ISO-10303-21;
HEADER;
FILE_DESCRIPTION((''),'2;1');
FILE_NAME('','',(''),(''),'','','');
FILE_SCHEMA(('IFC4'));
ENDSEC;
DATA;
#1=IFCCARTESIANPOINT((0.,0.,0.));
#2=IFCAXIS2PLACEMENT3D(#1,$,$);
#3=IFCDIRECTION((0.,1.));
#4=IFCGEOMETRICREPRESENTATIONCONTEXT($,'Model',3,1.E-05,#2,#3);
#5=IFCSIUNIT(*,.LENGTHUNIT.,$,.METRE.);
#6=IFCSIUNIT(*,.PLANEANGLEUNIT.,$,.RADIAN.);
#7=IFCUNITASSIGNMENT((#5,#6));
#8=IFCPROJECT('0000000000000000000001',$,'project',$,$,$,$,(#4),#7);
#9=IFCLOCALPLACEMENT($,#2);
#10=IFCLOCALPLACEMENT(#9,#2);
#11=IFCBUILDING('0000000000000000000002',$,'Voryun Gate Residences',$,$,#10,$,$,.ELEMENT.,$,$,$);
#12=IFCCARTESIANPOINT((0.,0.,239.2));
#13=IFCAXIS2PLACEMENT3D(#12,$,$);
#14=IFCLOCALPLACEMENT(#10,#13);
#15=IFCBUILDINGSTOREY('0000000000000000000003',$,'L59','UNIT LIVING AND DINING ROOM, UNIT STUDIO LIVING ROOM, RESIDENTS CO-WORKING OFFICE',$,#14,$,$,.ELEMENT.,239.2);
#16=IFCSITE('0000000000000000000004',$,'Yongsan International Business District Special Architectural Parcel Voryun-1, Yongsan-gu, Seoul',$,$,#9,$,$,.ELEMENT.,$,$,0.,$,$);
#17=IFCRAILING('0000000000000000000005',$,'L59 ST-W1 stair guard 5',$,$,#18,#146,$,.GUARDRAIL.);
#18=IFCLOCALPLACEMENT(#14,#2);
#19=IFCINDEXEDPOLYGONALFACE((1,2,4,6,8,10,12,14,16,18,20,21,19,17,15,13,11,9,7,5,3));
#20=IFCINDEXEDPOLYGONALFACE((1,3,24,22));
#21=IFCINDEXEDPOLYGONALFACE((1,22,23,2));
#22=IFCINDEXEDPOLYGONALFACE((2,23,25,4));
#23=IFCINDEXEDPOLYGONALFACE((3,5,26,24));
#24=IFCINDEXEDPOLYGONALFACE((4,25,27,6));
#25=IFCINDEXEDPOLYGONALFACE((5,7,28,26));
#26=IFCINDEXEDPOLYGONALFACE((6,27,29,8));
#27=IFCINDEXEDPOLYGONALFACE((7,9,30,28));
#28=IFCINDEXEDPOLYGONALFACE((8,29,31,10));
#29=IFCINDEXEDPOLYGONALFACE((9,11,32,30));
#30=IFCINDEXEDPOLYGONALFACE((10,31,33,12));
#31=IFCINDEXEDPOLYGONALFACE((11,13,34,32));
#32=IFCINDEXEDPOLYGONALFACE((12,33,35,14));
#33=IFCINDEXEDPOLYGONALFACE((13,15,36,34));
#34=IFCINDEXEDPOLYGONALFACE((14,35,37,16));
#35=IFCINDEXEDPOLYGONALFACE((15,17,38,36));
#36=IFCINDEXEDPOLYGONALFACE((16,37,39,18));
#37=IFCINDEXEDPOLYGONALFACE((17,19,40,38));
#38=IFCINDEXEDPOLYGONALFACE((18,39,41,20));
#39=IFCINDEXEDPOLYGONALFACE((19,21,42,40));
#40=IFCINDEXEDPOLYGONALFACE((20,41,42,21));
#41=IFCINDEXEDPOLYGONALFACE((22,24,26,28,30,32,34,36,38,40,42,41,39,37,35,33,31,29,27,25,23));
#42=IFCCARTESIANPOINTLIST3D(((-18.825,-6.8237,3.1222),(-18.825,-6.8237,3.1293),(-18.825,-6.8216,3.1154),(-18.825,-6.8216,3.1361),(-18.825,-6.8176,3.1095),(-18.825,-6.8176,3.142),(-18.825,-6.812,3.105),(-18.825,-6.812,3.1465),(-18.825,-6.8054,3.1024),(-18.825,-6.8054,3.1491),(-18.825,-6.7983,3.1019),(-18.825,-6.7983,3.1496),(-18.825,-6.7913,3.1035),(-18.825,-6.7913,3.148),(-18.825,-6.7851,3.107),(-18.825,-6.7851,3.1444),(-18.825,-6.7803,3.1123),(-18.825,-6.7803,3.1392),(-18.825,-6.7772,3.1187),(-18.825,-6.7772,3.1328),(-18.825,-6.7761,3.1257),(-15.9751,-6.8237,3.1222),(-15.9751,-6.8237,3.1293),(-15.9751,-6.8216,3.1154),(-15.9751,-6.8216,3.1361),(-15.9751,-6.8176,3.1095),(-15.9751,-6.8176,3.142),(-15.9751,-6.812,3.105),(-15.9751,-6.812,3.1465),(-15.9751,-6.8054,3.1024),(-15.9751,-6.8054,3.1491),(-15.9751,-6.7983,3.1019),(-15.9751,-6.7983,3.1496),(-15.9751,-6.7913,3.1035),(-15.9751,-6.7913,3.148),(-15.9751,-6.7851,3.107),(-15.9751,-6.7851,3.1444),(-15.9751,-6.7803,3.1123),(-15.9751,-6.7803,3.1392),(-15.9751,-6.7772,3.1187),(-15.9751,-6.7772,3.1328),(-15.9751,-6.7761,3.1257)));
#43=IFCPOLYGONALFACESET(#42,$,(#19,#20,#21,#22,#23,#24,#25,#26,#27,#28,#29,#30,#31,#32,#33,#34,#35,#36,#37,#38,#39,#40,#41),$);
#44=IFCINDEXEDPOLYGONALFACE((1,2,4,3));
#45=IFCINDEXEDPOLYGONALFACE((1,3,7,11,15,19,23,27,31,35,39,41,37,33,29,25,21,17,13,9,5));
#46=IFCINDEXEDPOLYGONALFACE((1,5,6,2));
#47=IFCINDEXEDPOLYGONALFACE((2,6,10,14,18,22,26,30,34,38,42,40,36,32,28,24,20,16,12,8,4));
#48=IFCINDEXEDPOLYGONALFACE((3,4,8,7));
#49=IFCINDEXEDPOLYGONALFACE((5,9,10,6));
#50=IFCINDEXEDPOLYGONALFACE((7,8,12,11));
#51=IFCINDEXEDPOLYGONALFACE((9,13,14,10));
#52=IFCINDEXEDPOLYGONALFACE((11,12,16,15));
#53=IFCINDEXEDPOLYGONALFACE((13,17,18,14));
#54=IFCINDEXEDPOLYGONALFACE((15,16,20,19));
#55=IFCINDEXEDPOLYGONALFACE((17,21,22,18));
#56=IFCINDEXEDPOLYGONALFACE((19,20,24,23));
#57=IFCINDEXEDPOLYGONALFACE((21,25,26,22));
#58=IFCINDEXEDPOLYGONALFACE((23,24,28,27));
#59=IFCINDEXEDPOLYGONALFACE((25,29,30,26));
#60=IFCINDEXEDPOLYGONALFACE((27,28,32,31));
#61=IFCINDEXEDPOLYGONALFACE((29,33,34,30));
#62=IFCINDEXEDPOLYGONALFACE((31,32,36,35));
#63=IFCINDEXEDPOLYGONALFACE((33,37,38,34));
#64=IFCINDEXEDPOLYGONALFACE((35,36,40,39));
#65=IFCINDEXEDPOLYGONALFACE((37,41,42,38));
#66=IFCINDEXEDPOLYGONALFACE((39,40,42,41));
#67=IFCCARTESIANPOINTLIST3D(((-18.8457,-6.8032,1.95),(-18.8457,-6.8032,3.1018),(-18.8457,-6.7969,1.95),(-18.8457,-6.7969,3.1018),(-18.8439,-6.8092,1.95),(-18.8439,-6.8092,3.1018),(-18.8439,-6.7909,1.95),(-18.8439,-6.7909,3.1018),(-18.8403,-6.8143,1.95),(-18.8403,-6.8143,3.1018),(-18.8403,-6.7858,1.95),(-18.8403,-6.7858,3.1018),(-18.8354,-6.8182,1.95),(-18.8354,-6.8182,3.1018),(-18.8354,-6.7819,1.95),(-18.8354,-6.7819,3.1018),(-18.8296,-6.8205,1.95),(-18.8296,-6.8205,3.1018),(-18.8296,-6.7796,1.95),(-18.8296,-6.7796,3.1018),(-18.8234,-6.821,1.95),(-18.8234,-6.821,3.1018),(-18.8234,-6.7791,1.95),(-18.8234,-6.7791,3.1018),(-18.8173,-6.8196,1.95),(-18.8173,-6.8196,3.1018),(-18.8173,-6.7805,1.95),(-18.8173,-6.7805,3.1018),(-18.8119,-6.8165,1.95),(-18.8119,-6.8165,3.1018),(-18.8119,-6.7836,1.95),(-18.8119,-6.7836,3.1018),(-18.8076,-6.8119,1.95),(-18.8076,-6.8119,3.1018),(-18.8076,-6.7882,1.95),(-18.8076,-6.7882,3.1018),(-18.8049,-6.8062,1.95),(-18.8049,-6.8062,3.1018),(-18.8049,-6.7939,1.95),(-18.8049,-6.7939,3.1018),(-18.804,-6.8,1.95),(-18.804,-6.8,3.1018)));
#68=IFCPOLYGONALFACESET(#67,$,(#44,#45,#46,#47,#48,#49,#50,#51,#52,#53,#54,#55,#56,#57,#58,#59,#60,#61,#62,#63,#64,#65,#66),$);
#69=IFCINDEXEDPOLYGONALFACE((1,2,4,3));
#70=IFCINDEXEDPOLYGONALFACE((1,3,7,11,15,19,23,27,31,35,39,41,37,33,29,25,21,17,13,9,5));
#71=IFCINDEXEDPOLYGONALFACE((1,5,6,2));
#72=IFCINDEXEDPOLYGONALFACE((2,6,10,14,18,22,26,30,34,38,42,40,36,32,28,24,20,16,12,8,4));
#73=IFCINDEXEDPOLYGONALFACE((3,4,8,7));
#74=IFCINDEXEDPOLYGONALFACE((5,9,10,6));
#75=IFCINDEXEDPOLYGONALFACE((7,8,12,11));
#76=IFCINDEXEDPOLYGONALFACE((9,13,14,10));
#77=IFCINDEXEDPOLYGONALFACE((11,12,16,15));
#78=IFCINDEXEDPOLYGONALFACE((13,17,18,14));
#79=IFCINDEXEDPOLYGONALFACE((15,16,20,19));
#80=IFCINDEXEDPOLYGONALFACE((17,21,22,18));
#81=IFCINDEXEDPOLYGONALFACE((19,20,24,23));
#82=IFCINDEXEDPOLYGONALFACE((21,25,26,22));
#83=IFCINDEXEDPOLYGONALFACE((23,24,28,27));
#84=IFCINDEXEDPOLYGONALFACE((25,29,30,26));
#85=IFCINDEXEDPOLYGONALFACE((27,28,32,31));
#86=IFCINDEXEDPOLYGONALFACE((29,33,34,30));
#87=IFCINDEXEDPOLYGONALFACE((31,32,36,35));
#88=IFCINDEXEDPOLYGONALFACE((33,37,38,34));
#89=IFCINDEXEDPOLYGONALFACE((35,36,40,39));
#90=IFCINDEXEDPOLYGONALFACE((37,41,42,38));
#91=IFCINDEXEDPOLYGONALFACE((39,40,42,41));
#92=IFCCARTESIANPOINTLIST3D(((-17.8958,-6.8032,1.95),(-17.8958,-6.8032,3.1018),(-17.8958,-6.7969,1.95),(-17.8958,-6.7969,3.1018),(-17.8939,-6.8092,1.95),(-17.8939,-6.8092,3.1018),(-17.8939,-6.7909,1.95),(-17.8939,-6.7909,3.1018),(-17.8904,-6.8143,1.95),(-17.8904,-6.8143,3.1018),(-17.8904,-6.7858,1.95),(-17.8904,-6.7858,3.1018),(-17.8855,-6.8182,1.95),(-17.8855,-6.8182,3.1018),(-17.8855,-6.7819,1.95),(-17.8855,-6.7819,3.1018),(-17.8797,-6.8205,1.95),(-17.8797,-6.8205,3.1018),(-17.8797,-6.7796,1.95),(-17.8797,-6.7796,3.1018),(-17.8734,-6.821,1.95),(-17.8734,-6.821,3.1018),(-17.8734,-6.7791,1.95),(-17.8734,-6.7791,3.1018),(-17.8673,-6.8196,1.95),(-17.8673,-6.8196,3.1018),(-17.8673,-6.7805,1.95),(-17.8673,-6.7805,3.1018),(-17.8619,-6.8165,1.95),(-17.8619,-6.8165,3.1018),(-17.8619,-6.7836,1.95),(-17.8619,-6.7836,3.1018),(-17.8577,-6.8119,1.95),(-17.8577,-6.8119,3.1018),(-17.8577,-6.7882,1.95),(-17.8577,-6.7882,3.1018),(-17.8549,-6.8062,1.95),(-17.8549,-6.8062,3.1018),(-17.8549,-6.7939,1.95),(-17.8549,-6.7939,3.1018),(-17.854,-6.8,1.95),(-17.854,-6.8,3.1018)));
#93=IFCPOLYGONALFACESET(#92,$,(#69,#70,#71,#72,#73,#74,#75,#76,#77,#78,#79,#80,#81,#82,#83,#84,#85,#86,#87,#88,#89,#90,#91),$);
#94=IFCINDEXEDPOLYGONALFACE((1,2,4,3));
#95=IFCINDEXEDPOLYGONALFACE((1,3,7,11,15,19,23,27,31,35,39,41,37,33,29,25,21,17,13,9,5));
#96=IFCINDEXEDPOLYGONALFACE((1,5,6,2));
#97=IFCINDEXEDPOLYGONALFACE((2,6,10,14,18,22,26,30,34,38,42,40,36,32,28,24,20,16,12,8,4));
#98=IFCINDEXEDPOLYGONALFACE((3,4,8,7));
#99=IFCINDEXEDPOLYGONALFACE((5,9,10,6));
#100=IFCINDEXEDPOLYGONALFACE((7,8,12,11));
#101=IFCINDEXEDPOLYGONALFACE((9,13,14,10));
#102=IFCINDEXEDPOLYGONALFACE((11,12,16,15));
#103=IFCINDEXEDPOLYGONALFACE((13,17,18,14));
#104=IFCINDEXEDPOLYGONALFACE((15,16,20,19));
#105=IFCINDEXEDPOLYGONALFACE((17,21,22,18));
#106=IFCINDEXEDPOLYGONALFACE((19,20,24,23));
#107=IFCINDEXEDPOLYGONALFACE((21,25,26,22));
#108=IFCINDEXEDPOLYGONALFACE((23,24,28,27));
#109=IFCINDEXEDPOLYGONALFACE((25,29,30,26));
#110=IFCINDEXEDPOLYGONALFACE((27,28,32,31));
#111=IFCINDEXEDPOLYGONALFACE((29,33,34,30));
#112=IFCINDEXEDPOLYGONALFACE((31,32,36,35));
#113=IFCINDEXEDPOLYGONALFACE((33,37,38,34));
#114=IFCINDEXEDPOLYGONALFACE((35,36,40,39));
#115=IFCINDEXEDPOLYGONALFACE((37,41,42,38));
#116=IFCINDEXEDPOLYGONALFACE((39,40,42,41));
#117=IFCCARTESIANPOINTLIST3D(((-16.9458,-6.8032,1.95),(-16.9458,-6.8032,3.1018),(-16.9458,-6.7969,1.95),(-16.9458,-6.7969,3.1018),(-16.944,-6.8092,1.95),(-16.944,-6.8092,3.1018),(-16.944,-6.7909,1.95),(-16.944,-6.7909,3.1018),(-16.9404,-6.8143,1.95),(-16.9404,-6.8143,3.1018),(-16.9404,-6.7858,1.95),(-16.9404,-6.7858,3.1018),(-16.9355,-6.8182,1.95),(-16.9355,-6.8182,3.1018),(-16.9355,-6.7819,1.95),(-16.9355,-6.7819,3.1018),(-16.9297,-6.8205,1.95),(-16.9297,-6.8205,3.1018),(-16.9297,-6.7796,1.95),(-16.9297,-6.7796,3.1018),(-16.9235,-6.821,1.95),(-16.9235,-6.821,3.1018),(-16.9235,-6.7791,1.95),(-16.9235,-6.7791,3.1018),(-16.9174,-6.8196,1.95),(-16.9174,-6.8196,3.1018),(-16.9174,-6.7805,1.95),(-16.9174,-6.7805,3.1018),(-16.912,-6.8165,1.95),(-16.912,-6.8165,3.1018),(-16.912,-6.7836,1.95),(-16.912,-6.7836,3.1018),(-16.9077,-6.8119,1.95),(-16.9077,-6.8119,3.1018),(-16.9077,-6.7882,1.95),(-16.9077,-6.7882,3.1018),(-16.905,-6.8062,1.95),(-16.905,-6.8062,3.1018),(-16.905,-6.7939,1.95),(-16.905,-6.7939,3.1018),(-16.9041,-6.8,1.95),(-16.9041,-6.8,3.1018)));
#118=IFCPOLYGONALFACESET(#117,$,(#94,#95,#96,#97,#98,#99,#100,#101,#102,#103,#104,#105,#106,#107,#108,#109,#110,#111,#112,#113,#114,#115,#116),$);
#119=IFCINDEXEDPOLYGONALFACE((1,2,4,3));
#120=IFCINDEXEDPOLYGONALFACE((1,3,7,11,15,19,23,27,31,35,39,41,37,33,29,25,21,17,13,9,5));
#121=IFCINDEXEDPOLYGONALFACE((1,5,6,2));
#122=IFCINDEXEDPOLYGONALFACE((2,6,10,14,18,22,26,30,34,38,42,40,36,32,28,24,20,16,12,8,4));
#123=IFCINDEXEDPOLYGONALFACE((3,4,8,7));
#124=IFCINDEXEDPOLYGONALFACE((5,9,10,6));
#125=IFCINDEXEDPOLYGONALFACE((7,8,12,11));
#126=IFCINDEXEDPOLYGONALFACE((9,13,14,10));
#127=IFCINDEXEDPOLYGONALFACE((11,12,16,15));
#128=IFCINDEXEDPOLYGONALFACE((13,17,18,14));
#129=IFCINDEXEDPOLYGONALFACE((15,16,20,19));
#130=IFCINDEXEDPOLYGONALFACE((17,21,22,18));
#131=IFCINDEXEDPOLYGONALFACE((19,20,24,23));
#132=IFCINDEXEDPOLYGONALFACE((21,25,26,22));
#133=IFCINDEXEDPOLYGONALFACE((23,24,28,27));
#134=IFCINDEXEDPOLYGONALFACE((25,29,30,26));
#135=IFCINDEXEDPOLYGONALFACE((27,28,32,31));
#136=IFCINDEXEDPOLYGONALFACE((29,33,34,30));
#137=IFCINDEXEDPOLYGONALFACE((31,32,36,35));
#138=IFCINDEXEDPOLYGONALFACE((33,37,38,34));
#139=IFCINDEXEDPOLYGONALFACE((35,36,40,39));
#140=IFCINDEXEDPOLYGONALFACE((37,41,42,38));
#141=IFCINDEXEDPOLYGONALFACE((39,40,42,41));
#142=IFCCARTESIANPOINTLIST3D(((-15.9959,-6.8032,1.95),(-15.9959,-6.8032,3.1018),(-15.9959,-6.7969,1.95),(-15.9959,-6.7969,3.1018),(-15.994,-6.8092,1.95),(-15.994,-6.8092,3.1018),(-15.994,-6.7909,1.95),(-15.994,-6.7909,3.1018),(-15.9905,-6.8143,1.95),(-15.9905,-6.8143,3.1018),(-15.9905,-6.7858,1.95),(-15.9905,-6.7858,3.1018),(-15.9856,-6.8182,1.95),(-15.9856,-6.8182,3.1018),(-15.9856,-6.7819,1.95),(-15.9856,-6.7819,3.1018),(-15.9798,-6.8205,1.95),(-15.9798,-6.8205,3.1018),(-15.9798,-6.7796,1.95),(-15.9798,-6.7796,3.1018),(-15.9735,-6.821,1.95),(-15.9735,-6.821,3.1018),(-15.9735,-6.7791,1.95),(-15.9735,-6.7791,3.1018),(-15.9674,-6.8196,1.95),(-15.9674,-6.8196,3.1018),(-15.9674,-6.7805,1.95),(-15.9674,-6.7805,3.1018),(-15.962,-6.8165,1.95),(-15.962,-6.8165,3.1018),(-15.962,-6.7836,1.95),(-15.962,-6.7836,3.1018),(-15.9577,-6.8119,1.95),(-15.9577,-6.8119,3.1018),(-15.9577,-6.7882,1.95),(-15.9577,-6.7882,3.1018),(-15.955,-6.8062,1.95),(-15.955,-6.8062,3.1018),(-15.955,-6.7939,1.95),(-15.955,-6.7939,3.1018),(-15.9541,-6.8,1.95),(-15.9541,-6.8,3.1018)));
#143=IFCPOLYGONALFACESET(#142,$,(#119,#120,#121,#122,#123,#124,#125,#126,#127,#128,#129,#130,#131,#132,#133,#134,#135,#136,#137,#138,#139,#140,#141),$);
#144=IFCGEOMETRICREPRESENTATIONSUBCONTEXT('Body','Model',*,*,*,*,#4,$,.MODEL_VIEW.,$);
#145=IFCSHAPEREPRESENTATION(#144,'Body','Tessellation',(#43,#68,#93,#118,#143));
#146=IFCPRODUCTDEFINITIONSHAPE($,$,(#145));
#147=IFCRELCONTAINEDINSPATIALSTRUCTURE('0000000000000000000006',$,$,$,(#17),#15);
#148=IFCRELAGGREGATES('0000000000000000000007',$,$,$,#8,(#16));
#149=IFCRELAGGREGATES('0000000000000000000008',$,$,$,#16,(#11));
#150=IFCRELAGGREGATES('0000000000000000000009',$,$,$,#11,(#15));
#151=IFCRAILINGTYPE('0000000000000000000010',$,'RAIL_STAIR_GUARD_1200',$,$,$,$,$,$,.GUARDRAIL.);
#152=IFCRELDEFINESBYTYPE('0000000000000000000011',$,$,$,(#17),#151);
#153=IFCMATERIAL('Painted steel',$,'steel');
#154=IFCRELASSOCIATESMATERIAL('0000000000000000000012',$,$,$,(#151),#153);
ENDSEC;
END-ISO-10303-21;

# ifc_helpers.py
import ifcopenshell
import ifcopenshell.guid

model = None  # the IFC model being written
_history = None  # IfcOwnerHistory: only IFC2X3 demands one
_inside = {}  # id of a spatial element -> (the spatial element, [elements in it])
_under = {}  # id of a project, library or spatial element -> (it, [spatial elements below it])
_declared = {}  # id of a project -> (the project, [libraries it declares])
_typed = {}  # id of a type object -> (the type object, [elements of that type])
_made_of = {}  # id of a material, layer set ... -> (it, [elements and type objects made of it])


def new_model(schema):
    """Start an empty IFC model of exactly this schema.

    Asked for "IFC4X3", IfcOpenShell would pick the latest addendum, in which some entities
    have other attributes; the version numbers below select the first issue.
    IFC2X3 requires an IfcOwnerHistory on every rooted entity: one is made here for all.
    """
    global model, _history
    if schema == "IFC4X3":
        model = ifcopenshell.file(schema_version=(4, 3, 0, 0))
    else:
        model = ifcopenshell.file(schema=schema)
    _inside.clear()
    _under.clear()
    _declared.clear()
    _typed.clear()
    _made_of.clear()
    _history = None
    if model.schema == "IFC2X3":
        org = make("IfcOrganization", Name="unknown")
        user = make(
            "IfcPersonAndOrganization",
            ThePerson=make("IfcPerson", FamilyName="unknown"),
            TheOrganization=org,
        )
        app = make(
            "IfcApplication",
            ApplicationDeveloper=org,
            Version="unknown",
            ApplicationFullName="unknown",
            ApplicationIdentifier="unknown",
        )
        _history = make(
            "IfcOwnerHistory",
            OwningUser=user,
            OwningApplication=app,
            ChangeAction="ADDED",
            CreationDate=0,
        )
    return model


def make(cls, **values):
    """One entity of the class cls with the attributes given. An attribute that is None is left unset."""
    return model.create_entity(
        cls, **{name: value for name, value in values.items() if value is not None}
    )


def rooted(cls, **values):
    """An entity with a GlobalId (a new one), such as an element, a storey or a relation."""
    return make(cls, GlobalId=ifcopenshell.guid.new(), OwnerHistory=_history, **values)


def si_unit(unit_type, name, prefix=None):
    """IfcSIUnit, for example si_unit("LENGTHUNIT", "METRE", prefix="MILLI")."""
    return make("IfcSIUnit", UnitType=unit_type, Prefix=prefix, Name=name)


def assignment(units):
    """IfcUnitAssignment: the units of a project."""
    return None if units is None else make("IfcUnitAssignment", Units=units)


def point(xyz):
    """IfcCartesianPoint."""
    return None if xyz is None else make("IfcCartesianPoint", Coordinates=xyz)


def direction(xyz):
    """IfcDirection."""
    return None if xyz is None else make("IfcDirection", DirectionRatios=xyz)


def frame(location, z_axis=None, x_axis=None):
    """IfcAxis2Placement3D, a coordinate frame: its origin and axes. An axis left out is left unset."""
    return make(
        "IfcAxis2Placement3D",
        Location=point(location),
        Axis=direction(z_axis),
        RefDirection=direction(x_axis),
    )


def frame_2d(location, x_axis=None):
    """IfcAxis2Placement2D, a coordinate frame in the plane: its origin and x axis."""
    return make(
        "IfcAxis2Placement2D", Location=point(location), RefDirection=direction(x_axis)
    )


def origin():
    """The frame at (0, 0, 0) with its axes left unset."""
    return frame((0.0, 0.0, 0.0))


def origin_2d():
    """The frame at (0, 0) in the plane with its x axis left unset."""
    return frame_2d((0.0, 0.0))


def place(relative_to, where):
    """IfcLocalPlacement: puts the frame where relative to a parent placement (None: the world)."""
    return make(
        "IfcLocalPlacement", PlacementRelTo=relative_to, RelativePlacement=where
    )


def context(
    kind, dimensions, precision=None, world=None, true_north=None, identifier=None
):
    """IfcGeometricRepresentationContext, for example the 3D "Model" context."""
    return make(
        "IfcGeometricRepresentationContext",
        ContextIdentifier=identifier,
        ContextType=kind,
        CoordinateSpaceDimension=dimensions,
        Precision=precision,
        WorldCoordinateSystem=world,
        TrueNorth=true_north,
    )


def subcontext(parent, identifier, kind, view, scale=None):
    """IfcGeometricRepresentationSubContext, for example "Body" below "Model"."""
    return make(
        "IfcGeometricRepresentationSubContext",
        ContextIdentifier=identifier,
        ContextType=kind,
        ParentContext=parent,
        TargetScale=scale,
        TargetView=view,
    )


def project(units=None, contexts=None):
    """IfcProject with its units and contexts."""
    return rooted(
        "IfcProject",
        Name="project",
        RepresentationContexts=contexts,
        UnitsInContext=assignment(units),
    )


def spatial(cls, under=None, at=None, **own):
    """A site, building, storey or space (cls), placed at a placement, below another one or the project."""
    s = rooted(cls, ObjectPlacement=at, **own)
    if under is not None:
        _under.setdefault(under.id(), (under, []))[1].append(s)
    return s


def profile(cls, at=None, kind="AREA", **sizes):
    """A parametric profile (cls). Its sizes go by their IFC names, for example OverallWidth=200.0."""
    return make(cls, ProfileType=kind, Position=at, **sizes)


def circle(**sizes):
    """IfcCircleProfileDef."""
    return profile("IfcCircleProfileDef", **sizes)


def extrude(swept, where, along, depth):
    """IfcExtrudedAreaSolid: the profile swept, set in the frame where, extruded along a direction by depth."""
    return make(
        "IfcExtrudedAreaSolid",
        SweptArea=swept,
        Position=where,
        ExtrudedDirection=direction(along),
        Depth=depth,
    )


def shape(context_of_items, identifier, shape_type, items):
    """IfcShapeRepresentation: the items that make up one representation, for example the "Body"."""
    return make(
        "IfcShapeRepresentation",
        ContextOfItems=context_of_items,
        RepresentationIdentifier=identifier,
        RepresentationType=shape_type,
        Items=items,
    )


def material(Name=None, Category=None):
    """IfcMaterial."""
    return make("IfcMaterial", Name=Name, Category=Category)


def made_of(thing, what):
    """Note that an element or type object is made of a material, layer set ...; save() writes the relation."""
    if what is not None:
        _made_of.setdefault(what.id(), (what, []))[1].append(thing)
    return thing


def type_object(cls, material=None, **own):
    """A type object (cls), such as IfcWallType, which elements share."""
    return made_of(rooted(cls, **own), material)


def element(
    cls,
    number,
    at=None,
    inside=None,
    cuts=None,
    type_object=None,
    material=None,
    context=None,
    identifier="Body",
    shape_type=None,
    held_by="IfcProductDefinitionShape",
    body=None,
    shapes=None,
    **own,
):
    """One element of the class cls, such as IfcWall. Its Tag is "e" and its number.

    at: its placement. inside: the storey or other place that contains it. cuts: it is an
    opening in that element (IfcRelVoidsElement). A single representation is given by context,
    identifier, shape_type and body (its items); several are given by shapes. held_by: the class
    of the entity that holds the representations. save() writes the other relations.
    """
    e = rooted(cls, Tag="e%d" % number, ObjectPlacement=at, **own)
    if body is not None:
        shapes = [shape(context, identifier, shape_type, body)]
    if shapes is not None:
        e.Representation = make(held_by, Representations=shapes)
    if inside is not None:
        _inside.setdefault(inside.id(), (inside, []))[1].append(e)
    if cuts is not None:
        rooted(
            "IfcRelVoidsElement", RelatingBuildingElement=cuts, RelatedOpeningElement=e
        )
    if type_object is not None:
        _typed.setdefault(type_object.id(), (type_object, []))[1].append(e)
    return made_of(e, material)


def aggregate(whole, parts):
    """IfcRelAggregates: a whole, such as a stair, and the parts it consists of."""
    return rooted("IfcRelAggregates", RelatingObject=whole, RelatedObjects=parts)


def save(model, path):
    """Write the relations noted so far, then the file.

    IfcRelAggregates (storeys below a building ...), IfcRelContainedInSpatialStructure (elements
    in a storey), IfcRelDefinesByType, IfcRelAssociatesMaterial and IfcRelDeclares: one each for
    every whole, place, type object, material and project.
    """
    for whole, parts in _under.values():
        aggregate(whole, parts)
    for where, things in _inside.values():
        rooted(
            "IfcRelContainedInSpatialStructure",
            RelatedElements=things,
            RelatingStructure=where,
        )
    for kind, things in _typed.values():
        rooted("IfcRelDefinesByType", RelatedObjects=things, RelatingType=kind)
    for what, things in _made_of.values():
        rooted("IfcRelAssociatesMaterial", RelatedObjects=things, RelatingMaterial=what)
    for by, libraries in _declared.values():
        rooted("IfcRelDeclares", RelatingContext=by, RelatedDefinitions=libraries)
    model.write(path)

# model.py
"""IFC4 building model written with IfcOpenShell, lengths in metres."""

from ifc_helpers import new_model, si_unit, direction, frame, origin, origin_2d, place, context, subcontext, project, spatial, circle, extrude, material, type_object, element, save


model = new_model("IFC4")

# Units and contexts
model_context = context("Model", 3, precision=1e-05, world=origin(), true_north=direction((0.0, 1.0)))
body_context = subcontext(model_context, "Body", "Model", "MODEL_VIEW")
ifc_project = project(units=[si_unit("LENGTHUNIT", "METRE"), si_unit("PLANEANGLEUNIT", "RADIAN")], contexts=[model_context])

# Site, building, storey
site_placement = place(None, origin())
site = spatial("IfcSite", under=ifc_project, at=site_placement, Name="Yongsan International Business District Special Architectural Parcel Voryun-1, Yongsan-gu, Seoul", CompositionType="ELEMENT", RefElevation=0.0)
building_placement = place(site_placement, origin())
building = spatial("IfcBuilding", under=site, at=building_placement, Name="Voryun Gate Residences", CompositionType="ELEMENT")
storey_placement = place(building_placement, frame((0.0, 0.0, 239.2)))
storey = spatial("IfcBuildingStorey", under=building, at=storey_placement, Name="L59", Description="UNIT LIVING AND DINING ROOM, UNIT STUDIO LIVING ROOM, RESIDENTS CO-WORKING OFFICE", CompositionType="ELEMENT", Elevation=239.2)

# Railing
ifc_material_1 = material(Name="Painted steel", Category="steel")
railing_type_1 = type_object("IfcRailingType", Name="RAIL_STAIR_GUARD_1200", PredefinedType="GUARDRAIL", material=ifc_material_1)
railing_1_placement = place(storey_placement, frame((-18.825, -6.8, 1.95)))
element("IfcRailing", 1, at=railing_1_placement, inside=storey, type_object=railing_type_1, Name="L59 ST-W1 stair guard 5", PredefinedType="GUARDRAIL", context=body_context, shape_type="SweptSolid", body=[
    extrude(circle(Radius=0.0239, at=origin_2d()), frame((0.0, 0.0, 1.1758), z_axis=(1.0, 0.0, 0.0), x_axis=(0.0, 1.0, 0.0)), (0.0, 0.0, 1.0), 2.8499),
    extrude(circle(Radius=0.021, at=origin_2d()), origin(), (0.0, 0.0, 1.0), 1.1519),
    extrude(circle(Radius=0.021, at=origin_2d()), frame((0.95, 0.0, 0.0)), (0.0, 0.0, 1.0), 1.1519),
    extrude(circle(Radius=0.021, at=origin_2d()), frame((1.8999, 0.0, 0.0)), (0.0, 0.0, 1.0), 1.1519),
    extrude(circle(Radius=0.021, at=origin_2d()), frame((2.8499, 0.0, 0.0)), (0.0, 0.0, 1.0), 1.1519),
])

save(model, "model.ifc")
